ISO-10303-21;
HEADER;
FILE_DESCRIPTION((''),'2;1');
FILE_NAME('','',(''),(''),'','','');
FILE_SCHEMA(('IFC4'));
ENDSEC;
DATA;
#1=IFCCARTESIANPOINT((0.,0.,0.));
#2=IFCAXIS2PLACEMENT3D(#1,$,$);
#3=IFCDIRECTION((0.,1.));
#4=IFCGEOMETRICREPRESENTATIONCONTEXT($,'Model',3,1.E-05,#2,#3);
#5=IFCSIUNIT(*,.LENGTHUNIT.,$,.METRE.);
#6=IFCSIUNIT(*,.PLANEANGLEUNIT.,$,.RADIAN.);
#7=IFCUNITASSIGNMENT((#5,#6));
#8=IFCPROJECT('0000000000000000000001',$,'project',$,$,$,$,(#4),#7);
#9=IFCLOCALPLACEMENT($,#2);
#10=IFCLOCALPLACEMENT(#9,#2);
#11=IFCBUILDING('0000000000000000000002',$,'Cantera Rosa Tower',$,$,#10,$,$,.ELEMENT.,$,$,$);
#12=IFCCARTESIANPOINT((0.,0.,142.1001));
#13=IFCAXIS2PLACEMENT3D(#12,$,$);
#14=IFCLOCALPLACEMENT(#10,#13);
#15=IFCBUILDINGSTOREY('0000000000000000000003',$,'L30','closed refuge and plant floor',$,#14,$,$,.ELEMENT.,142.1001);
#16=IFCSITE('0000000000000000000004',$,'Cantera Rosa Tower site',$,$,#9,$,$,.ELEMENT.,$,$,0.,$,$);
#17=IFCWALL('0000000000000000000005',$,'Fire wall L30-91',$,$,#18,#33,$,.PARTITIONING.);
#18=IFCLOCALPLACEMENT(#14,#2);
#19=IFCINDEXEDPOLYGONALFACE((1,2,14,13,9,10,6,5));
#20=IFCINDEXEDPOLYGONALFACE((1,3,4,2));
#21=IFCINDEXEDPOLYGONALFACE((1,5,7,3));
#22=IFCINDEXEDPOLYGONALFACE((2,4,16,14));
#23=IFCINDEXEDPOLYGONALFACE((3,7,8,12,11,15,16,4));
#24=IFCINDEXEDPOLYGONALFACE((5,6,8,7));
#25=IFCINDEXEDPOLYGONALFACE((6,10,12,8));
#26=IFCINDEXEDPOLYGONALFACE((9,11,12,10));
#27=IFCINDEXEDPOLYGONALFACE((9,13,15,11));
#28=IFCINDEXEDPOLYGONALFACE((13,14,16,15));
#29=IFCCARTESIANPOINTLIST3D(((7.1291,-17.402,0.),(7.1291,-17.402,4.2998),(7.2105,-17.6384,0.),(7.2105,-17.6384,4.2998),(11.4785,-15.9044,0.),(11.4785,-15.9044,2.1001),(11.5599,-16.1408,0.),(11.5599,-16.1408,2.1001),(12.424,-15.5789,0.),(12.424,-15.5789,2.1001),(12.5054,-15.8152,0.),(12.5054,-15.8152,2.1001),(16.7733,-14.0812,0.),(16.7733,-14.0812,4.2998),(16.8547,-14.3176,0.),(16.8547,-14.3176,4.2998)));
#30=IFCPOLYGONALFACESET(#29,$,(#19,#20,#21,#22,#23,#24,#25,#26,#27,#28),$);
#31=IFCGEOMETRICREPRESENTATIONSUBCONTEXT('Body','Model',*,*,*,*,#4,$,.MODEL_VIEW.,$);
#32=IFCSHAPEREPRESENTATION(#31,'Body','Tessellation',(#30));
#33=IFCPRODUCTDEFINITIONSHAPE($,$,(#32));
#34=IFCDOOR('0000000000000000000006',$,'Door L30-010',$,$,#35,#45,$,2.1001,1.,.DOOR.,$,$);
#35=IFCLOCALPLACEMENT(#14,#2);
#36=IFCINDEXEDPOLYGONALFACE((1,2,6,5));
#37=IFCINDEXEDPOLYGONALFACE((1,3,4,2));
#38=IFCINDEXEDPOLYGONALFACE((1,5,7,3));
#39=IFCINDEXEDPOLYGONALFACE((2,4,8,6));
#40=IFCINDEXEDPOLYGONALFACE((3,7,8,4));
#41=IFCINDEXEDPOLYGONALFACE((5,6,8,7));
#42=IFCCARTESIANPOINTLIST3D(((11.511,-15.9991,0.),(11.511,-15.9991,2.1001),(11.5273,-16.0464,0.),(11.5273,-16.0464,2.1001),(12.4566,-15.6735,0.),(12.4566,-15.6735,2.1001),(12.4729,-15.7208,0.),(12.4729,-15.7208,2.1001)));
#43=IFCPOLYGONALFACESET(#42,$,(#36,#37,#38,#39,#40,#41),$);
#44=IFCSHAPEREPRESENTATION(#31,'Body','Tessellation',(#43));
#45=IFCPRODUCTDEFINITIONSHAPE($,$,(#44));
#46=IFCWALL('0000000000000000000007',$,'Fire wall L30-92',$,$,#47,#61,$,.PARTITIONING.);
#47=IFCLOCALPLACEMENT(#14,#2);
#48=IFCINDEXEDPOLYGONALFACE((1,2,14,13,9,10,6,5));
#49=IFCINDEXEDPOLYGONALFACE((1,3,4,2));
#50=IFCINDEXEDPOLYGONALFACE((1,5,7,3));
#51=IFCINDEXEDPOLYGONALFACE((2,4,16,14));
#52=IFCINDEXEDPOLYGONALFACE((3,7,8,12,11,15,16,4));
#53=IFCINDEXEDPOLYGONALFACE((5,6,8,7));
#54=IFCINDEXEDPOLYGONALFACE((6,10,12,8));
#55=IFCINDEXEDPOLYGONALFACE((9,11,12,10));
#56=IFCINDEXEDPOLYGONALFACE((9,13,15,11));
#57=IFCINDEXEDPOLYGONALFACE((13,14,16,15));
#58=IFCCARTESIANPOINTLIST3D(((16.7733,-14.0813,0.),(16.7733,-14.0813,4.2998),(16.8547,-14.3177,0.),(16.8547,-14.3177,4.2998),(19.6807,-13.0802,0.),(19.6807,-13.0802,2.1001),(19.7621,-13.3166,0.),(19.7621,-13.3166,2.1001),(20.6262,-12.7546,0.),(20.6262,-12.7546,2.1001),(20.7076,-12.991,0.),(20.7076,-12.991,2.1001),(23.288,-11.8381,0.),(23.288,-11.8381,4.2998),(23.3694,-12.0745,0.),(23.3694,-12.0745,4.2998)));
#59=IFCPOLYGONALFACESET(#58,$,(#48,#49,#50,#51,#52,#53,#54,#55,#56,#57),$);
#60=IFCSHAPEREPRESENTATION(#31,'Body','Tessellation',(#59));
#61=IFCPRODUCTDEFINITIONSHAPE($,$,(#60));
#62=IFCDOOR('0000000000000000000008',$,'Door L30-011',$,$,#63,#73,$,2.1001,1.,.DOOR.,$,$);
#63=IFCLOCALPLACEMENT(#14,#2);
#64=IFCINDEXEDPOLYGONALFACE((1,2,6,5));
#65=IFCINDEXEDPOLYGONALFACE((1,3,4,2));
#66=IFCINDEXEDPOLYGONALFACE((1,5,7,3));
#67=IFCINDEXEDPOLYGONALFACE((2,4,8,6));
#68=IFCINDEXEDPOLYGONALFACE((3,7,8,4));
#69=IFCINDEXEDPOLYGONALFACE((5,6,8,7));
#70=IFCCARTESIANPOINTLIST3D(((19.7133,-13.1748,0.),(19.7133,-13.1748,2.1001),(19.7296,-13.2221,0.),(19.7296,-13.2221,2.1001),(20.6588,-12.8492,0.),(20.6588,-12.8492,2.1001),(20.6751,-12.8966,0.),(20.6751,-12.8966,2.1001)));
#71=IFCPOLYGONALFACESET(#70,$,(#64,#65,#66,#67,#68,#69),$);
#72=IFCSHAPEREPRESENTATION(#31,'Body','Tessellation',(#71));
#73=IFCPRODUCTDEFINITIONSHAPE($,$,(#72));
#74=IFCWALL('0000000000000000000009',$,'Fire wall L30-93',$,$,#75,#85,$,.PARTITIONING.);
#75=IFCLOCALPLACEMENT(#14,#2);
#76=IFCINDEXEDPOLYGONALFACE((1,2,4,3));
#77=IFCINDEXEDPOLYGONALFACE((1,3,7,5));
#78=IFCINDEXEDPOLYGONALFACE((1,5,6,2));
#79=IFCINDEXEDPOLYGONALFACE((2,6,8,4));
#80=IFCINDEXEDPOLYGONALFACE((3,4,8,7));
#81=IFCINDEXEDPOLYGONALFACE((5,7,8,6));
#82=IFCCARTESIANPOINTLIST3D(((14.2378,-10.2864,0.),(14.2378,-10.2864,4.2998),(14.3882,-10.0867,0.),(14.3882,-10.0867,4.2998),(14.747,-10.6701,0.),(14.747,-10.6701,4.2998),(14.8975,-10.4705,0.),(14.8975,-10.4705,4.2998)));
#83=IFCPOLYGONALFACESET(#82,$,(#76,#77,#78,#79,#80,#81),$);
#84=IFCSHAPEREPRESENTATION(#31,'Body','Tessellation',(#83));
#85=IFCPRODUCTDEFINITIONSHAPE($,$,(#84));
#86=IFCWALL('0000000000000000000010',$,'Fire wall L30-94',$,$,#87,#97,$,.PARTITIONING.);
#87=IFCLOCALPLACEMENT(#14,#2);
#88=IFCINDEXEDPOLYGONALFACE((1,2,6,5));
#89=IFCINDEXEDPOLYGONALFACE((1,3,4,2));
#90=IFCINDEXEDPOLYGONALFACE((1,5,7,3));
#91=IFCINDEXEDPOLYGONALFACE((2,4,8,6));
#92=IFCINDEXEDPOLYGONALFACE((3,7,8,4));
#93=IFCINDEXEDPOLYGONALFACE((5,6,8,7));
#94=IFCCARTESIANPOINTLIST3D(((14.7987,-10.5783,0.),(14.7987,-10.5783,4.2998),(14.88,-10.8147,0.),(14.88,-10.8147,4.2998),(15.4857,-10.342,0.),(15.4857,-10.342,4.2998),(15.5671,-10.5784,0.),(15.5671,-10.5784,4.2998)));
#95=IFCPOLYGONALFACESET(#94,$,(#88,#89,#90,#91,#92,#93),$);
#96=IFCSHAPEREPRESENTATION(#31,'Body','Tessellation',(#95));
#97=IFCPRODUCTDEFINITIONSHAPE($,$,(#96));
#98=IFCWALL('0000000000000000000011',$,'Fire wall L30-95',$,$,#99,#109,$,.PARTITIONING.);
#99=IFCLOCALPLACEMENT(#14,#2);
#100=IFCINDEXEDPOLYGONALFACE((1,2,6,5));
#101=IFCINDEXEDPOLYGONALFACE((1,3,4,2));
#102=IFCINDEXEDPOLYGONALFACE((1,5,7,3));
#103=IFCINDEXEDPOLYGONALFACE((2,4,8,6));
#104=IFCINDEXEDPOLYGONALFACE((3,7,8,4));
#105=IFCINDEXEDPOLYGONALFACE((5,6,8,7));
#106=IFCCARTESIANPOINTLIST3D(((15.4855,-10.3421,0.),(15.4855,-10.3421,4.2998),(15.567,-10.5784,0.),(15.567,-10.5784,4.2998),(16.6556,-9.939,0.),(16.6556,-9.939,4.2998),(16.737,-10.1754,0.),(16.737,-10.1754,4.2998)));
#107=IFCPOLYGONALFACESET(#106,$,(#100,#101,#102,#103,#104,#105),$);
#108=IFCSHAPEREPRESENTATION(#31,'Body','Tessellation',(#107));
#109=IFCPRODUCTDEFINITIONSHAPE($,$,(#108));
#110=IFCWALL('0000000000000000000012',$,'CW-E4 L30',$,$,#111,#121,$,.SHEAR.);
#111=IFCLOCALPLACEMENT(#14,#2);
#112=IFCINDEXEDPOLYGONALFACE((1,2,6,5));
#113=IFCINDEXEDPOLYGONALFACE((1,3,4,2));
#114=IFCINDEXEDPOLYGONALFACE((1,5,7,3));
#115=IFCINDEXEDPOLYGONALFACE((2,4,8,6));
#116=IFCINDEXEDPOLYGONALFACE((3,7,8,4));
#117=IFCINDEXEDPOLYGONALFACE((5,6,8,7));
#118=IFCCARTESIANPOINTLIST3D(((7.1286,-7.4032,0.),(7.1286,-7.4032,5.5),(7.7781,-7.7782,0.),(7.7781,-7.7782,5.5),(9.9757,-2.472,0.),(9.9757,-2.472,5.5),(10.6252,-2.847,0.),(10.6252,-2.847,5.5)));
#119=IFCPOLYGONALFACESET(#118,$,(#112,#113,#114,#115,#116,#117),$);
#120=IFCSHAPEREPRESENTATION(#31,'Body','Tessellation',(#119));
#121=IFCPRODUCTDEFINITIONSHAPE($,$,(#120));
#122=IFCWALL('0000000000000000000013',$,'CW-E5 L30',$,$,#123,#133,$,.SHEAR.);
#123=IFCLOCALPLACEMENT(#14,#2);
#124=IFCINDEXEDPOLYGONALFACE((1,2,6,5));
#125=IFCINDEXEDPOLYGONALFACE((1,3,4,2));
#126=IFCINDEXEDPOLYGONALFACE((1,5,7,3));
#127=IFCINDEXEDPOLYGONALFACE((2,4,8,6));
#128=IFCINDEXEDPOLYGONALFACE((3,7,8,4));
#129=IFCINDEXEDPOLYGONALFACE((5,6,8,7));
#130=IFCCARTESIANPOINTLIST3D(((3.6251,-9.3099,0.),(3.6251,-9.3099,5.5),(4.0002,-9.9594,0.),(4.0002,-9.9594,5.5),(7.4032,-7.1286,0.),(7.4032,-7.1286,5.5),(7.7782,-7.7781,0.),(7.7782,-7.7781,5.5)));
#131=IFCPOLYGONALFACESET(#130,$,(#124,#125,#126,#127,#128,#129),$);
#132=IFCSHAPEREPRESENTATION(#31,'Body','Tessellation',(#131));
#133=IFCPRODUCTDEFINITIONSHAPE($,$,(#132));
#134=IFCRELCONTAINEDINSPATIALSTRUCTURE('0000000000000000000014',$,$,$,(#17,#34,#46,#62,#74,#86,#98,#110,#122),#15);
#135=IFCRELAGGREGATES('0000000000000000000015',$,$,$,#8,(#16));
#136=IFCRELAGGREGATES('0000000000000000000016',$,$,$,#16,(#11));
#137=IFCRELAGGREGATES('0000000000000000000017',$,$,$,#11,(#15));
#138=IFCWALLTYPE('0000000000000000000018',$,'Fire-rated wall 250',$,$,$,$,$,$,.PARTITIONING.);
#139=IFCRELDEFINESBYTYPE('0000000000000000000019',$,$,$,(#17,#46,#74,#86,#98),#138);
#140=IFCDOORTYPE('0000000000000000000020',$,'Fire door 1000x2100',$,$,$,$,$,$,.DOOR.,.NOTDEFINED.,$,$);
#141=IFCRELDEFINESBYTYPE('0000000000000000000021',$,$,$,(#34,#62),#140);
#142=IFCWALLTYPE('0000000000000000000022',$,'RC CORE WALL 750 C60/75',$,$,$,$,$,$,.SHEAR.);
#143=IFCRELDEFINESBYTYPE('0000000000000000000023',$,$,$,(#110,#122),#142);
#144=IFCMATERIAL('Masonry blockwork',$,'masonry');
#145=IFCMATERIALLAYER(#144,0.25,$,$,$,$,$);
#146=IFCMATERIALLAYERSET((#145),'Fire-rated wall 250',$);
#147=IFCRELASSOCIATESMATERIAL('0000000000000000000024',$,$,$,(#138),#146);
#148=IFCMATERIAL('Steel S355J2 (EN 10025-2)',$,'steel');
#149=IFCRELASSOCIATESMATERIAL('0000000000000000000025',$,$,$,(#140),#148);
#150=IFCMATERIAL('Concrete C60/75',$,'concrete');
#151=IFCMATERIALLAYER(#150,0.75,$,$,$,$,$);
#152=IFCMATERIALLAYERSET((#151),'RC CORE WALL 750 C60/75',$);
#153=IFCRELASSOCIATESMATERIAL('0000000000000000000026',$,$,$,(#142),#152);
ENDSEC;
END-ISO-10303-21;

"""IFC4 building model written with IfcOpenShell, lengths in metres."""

from ifc_helpers import new_model, si_unit, direction, frame, frame_2d, origin, place, context, subcontext, project, spatial, rectangle, extrude, material, layer, layer_set, type_object, element, fill, save


model = new_model("IFC4")

# Units and contexts
model_context = context("Model", 3, precision=1e-05, world=origin(), true_north=direction((0.0, 1.0)))
body_context = subcontext(model_context, "Body", "Model", "MODEL_VIEW")
ifc_project = project(units=[si_unit("LENGTHUNIT", "METRE"), si_unit("PLANEANGLEUNIT", "RADIAN")], contexts=[model_context])

# Site, building, storey
site_placement = place(None, origin())
site = spatial("IfcSite", under=ifc_project, at=site_placement, Name="Cantera Rosa Tower site", CompositionType="ELEMENT", RefElevation=0.0)
building_placement = place(site_placement, origin())
building = spatial("IfcBuilding", under=site, at=building_placement, Name="Cantera Rosa Tower", CompositionType="ELEMENT")
storey_placement = place(building_placement, frame((0.0, 0.0, 142.1001)))
storey = spatial("IfcBuildingStorey", under=building, at=storey_placement, Name="L30", Description="closed refuge and plant floor", CompositionType="ELEMENT", Elevation=142.1001)

# Shared definitions
ifc_material_1 = material(Name="Masonry blockwork", Category="masonry")
ifc_layer_1 = layer(ifc_material_1, 0.25)
ifc_layer_set_1 = layer_set([ifc_layer_1], Name="Fire-rated wall 250")
wall_type_1 = type_object("IfcWallType", Name="Fire-rated wall 250", PredefinedType="PARTITIONING", material=ifc_layer_set_1)

# Walls, openings, doors
wall_1_placement = place(storey_placement, frame((7.1697, -17.5203, 0.0), z_axis=(0.0, 0.0, 1.0), x_axis=(0.945518, 0.325569, 0.0)))
wall_1 = element("IfcWall", 1, at=wall_1_placement, inside=storey, type_object=wall_type_1, Name="Fire wall L30-91", PredefinedType="PARTITIONING", context=body_context, shape_type="SweptSolid", body=[
    extrude(rectangle(XDim=10.2, YDim=0.25, at=frame_2d((5.1001, 0.0))), origin(), (0.0, 0.0, 1.0), 4.2998),
])
opening_1_placement = place(wall_1_placement, frame((4.6001, 0.0, 0.0)))
opening_1 = element("IfcOpeningElement", 2, at=opening_1_placement, cuts=wall_1, PredefinedType="OPENING", context=body_context, shape_type="SweptSolid", body=[
    extrude(rectangle(XDim=1.0, YDim=2.1001, at=frame_2d((0.5, 1.05))), frame((0.0, 0.135, 0.0), z_axis=(0.0, -1.0, 0.0), x_axis=(1.0, 0.0, 0.0)), (0.0, 0.0, 1.0), 0.27),
])
ifc_material_2 = material(Name="Steel S355J2 (EN 10025-2)", Category="steel")
door_type_1 = type_object("IfcDoorType", Name="Fire door 1000x2100", OperationType="NOTDEFINED", PredefinedType="DOOR", material=ifc_material_2)
door_1_placement = place(opening_1_placement, origin())
door_1 = element("IfcDoor", 3, at=door_1_placement, inside=storey, type_object=door_type_1, Name="Door L30-010", OverallHeight=2.1001, OverallWidth=1.0, PredefinedType="DOOR", context=body_context, shape_type="SweptSolid", body=[
    extrude(rectangle(XDim=1.0, YDim=2.1001, at=frame_2d((0.5, 1.05))), frame((0.0, 0.0249, 0.0), z_axis=(0.0, -1.0, 0.0), x_axis=(1.0, 0.0, 0.0)), (0.0, 0.0, 1.0), 0.05),
])
fill(opening_1, door_1)
wall_2_placement = place(storey_placement, frame((16.814, -14.1995, 0.0), z_axis=(0.0, 0.0, 1.0), x_axis=(0.945519, 0.325567, 0.0)))
wall_2 = element("IfcWall", 4, at=wall_2_placement, inside=storey, type_object=wall_type_1, Name="Fire wall L30-92", PredefinedType="PARTITIONING", context=body_context, shape_type="SweptSolid", body=[
    extrude(rectangle(XDim=6.8901, YDim=0.25, at=frame_2d((3.4451, 0.0))), origin(), (0.0, 0.0, 1.0), 4.2998),
])
opening_2_placement = place(wall_2_placement, frame((3.075, 0.0, 0.0)))
opening_2 = element("IfcOpeningElement", 5, at=opening_2_placement, cuts=wall_2, PredefinedType="OPENING", context=body_context, shape_type="SweptSolid", body=[
    extrude(rectangle(XDim=1.0, YDim=2.1001, at=frame_2d((0.5, 1.05))), frame((0.0, 0.135, 0.0), z_axis=(0.0, -1.0, 0.0), x_axis=(1.0, 0.0, 0.0)), (0.0, 0.0, 1.0), 0.27),
])
door_2_placement = place(opening_2_placement, origin())
door_2 = element("IfcDoor", 6, at=door_2_placement, inside=storey, type_object=door_type_1, Name="Door L30-011", OverallHeight=2.1001, OverallWidth=1.0, PredefinedType="DOOR", context=body_context, shape_type="SweptSolid", body=[
    extrude(rectangle(XDim=1.0, YDim=2.1001, at=frame_2d((0.5, 1.05))), frame((0.0, 0.0249, 0.0), z_axis=(0.0, -1.0, 0.0), x_axis=(1.0, 0.0, 0.0)), (0.0, 0.0, 1.0), 0.05),
])
fill(opening_2, door_2)

# Walls
wall_3_placement = place(storey_placement, frame((14.8223, -10.5703, 0.0), z_axis=(0.0, 0.0, 1.0), x_axis=(-0.79862, 0.601836, 0.0)))
element("IfcWall", 7, at=wall_3_placement, inside=storey, type_object=wall_type_1, Name="Fire wall L30-93", PredefinedType="PARTITIONING", context=body_context, shape_type="SweptSolid", body=[
    extrude(rectangle(XDim=0.6377, YDim=0.25, at=frame_2d((0.3188, 0.0))), origin(), (0.0, 0.0, 1.0), 4.2998),
])
wall_4_placement = place(storey_placement, frame((14.8394, -10.6965, 0.0), z_axis=(0.0, 0.0, 1.0), x_axis=(0.945616, 0.325286, 0.0)))
element("IfcWall", 8, at=wall_4_placement, inside=storey, type_object=wall_type_1, Name="Fire wall L30-94", PredefinedType="PARTITIONING", context=body_context, shape_type="SweptSolid", body=[
    extrude(rectangle(XDim=0.7266, YDim=0.25, at=frame_2d((0.3633, 0.0))), origin(), (0.0, 0.0, 1.0), 4.2998),
])
wall_5_placement = place(storey_placement, frame((15.5264, -10.4602, 0.0), z_axis=(0.0, 0.0, 1.0), x_axis=(0.94548, 0.325681, 0.0)))
element("IfcWall", 9, at=wall_5_placement, inside=storey, type_object=wall_type_1, Name="Fire wall L30-95", PredefinedType="PARTITIONING", context=body_context, shape_type="SweptSolid", body=[
    extrude(rectangle(XDim=1.2375, YDim=0.25, at=frame_2d((0.6187, 0.0))), origin(), (0.0, 0.0, 1.0), 4.2998),
])
ifc_material_3 = material(Name="Concrete C60/75", Category="concrete")
ifc_layer_2 = layer(ifc_material_3, 0.75)
ifc_layer_set_2 = layer_set([ifc_layer_2], Name="RC CORE WALL 750 C60/75")
wall_type_2 = type_object("IfcWallType", Name="RC CORE WALL 750 C60/75", PredefinedType="SHEAR", material=ifc_layer_set_2)
wall_6_placement = place(storey_placement, frame((10.3005, -2.6594, 0.0), z_axis=(0.0, 0.0, 1.0), x_axis=(-0.500022, -0.866013, 0.0)))
element("IfcWall", 10, at=wall_6_placement, inside=storey, type_object=wall_type_2, Name="CW-E4 L30", PredefinedType="SHEAR", context=body_context, shape_type="SweptSolid", body=[
    extrude(rectangle(XDim=5.6941, YDim=0.75, at=frame_2d((2.8472, 0.0))), origin(), (0.0, 0.0, 1.0), 5.5),
])
wall_7_placement = place(storey_placement, frame((7.5906, -7.4534, 0.0), z_axis=(0.0, 0.0, 1.0), x_axis=(-0.866013, -0.500021, 0.0)))
element("IfcWall", 11, at=wall_7_placement, inside=storey, type_object=wall_type_2, Name="CW-E5 L30", PredefinedType="SHEAR", context=body_context, shape_type="SweptSolid", body=[
    extrude(rectangle(XDim=4.3625, YDim=0.75, at=frame_2d((2.1812, 0.0))), origin(), (0.0, 0.0, 1.0), 5.5),
])

save(model, "model.ifc")
